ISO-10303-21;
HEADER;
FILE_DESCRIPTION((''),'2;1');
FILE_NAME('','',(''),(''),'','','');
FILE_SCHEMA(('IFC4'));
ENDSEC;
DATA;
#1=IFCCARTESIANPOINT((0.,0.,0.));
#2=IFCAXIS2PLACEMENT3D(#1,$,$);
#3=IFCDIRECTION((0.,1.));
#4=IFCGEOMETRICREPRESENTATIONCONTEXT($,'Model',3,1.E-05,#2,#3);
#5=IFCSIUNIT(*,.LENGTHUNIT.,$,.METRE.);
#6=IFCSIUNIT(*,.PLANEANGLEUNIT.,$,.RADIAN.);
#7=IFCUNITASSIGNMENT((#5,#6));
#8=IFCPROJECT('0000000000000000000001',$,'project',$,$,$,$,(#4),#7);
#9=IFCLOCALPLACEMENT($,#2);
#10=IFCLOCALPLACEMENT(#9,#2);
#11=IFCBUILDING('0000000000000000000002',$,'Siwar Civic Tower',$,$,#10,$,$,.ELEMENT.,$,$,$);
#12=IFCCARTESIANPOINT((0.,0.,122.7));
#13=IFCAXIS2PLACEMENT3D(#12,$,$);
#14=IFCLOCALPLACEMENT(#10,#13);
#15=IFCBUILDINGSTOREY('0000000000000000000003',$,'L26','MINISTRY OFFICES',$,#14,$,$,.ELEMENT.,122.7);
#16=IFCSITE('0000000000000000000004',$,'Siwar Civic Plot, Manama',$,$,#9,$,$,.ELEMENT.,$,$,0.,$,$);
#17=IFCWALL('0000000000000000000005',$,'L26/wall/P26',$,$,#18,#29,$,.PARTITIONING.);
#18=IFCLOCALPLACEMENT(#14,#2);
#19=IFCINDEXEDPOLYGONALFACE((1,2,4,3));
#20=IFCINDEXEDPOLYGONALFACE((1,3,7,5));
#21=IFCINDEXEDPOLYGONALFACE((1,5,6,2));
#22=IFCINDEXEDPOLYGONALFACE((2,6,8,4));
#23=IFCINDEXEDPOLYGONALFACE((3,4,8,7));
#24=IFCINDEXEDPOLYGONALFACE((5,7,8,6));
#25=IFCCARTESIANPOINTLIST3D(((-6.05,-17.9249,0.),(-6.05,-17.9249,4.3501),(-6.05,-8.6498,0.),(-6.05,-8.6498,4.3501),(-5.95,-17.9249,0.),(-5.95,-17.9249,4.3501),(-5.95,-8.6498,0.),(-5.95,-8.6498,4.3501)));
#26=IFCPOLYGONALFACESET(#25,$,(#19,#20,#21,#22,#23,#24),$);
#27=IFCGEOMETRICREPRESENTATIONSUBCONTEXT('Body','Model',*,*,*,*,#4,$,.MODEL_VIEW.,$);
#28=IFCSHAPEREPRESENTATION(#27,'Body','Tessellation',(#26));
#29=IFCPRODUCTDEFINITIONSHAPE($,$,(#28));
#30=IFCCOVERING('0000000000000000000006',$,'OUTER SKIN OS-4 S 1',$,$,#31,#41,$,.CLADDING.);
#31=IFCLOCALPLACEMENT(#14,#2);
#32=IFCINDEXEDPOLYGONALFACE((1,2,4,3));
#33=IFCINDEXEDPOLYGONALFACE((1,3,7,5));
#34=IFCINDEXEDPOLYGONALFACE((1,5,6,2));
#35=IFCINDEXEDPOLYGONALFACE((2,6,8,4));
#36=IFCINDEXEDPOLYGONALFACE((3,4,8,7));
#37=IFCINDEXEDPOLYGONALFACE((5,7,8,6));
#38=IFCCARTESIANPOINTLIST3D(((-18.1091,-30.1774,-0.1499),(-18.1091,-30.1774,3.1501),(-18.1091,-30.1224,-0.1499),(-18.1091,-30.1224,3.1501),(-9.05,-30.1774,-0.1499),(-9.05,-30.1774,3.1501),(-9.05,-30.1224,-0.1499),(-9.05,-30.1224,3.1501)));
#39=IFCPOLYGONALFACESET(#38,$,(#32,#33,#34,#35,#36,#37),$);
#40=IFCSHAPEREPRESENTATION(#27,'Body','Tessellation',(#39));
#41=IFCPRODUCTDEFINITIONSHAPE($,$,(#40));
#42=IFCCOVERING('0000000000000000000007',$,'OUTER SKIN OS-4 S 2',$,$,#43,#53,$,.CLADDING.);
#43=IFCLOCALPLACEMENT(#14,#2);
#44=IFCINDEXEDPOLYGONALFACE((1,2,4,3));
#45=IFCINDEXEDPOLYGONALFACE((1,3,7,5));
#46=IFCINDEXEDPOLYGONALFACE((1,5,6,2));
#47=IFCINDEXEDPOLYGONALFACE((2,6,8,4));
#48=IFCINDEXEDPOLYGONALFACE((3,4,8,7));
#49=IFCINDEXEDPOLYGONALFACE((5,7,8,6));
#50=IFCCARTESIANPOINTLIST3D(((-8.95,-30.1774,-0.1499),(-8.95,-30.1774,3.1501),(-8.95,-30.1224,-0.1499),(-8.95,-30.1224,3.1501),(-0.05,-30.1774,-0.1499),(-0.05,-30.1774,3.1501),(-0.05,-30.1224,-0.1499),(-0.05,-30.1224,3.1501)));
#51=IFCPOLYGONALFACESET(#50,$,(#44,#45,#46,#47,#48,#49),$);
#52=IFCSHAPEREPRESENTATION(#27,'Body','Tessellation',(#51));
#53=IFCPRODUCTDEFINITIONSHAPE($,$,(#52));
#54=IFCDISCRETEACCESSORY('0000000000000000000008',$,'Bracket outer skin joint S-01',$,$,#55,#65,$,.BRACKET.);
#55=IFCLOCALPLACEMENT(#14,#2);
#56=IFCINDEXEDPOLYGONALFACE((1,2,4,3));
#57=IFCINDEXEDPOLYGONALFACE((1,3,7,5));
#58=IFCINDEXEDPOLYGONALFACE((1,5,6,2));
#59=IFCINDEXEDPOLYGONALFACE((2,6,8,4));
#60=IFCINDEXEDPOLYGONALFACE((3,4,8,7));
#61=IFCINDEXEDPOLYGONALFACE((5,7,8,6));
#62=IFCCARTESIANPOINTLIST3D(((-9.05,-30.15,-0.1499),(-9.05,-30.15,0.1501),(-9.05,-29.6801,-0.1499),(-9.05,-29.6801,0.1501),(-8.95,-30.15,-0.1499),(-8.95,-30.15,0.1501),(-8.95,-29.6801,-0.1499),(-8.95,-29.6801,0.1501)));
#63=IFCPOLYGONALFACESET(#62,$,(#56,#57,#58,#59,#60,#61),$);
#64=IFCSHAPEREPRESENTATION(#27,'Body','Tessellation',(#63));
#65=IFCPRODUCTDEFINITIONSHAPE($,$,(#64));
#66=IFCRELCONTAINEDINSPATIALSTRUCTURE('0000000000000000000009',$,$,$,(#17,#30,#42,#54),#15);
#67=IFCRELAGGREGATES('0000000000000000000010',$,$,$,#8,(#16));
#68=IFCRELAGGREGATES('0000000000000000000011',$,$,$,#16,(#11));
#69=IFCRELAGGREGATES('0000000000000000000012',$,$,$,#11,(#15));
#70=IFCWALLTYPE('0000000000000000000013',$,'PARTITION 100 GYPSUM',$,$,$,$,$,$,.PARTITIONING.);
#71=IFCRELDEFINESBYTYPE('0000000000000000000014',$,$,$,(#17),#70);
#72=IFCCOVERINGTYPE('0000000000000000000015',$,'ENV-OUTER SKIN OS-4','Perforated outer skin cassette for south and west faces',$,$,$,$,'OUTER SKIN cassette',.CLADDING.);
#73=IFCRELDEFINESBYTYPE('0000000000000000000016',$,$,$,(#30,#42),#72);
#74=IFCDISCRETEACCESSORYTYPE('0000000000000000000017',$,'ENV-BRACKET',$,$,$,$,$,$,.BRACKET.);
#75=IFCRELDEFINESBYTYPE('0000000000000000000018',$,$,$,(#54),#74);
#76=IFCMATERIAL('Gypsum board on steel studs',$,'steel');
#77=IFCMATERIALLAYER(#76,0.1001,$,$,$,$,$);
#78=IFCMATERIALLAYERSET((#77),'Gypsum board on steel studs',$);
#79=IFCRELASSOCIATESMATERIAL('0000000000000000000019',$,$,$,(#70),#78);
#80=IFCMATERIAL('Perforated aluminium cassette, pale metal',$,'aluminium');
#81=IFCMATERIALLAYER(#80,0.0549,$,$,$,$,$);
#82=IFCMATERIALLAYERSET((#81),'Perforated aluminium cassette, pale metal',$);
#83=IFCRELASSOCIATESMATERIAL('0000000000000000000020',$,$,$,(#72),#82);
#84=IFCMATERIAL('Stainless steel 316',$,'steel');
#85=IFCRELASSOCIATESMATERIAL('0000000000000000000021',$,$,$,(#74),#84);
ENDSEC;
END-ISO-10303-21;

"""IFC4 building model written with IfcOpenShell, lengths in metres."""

from ifc_helpers import new_model, si_unit, direction, frame, frame_2d, origin, origin_2d, place, context, subcontext, project, spatial, rectangle, extrude, material, layer, layer_set, type_object, element, save


model = new_model("IFC4")

# Units and contexts
model_context = context("Model", 3, precision=1e-05, world=origin(), true_north=direction((0.0, 1.0)))
body_context = subcontext(model_context, "Body", "Model", "MODEL_VIEW")
ifc_project = project(units=[si_unit("LENGTHUNIT", "METRE"), si_unit("PLANEANGLEUNIT", "RADIAN")], contexts=[model_context])

# Site, building, storey
site_placement = place(None, origin())
site = spatial("IfcSite", under=ifc_project, at=site_placement, Name="Siwar Civic Plot, Manama", CompositionType="ELEMENT", RefElevation=0.0)
building_placement = place(site_placement, origin())
building = spatial("IfcBuilding", under=site, at=building_placement, Name="Siwar Civic Tower", CompositionType="ELEMENT")
storey_placement = place(building_placement, frame((0.0, 0.0, 122.7)))
storey = spatial("IfcBuildingStorey", under=building, at=storey_placement, Name="L26", Description="MINISTRY OFFICES", CompositionType="ELEMENT", Elevation=122.7)

# Wall
ifc_material_1 = material(Name="Gypsum board on steel studs", Category="steel")
ifc_layer_1 = layer(ifc_material_1, 0.1001)
ifc_layer_set_1 = layer_set([ifc_layer_1], Name="Gypsum board on steel studs")
wall_type = type_object("IfcWallType", Name="PARTITION 100 GYPSUM", PredefinedType="PARTITIONING", material=ifc_layer_set_1)
wall_1_placement = place(storey_placement, frame((-6.0, -17.925, 0.0), z_axis=(0.0, 0.0, 1.0), x_axis=(0.0, 1.0, 0.0)))
element("IfcWall", 1, at=wall_1_placement, inside=storey, type_object=wall_type, Name="L26/wall/P26", PredefinedType="PARTITIONING", context=body_context, shape_type="SweptSolid", body=[
    extrude(rectangle(XDim=9.2751, YDim=0.1001, at=frame_2d((4.6377, 0.0))), origin(), (0.0, 0.0, 1.0), 4.3501),
])

# Coverings
ifc_material_2 = material(Name="Perforated aluminium cassette, pale metal", Category="aluminium")
ifc_layer_2 = layer(ifc_material_2, 0.0549)
ifc_layer_set_2 = layer_set([ifc_layer_2], Name="Perforated aluminium cassette, pale metal")
covering_type = type_object("IfcCoveringType", Name="ENV-OUTER SKIN OS-4", Description="Perforated outer skin cassette for south and west faces", ElementType="OUTER SKIN cassette", PredefinedType="CLADDING", material=ifc_layer_set_2)
covering_1_placement = place(storey_placement, frame((-13.5796, -30.1499, -0.1499), z_axis=(0.0, 0.0, 1.0), x_axis=(1.0, 0.0, 0.0)))
element("IfcCovering", 2, at=covering_1_placement, inside=storey, type_object=covering_type, Name="OUTER SKIN OS-4 S 1", PredefinedType="CLADDING", context=body_context, shape_type="SweptSolid", body=[
    extrude(rectangle(XDim=9.0591, YDim=0.0549, at=origin_2d()), origin(), (0.0, 0.0, 1.0), 3.3),
])
covering_2_placement = place(storey_placement, frame((-4.5, -30.1499, -0.1499), z_axis=(0.0, 0.0, 1.0), x_axis=(1.0, 0.0, 0.0)))
element("IfcCovering", 3, at=covering_2_placement, inside=storey, type_object=covering_type, Name="OUTER SKIN OS-4 S 2", PredefinedType="CLADDING", context=body_context, shape_type="SweptSolid", body=[
    extrude(rectangle(XDim=8.8999, YDim=0.0549, at=origin_2d()), origin(), (0.0, 0.0, 1.0), 3.3),
])

# Discrete accessory
ifc_material_3 = material(Name="Stainless steel 316", Category="steel")
discrete_accessory_type = type_object("IfcDiscreteAccessoryType", Name="ENV-BRACKET", PredefinedType="BRACKET", material=ifc_material_3)
discrete_accessory_placement = place(storey_placement, frame((-9.0, -29.915, -0.1499), z_axis=(0.0, 0.0, 1.0), x_axis=(0.0, -1.0, 0.0)))
element("IfcDiscreteAccessory", 4, at=discrete_accessory_placement, inside=storey, type_object=discrete_accessory_type, Name="Bracket outer skin joint S-01", PredefinedType="BRACKET", context=body_context, shape_type="SweptSolid", body=[
    extrude(rectangle(XDim=0.47, YDim=0.1001, at=origin_2d()), origin(), (0.0, 0.0, 1.0), 0.3),
])

save(model, "model.ifc")
